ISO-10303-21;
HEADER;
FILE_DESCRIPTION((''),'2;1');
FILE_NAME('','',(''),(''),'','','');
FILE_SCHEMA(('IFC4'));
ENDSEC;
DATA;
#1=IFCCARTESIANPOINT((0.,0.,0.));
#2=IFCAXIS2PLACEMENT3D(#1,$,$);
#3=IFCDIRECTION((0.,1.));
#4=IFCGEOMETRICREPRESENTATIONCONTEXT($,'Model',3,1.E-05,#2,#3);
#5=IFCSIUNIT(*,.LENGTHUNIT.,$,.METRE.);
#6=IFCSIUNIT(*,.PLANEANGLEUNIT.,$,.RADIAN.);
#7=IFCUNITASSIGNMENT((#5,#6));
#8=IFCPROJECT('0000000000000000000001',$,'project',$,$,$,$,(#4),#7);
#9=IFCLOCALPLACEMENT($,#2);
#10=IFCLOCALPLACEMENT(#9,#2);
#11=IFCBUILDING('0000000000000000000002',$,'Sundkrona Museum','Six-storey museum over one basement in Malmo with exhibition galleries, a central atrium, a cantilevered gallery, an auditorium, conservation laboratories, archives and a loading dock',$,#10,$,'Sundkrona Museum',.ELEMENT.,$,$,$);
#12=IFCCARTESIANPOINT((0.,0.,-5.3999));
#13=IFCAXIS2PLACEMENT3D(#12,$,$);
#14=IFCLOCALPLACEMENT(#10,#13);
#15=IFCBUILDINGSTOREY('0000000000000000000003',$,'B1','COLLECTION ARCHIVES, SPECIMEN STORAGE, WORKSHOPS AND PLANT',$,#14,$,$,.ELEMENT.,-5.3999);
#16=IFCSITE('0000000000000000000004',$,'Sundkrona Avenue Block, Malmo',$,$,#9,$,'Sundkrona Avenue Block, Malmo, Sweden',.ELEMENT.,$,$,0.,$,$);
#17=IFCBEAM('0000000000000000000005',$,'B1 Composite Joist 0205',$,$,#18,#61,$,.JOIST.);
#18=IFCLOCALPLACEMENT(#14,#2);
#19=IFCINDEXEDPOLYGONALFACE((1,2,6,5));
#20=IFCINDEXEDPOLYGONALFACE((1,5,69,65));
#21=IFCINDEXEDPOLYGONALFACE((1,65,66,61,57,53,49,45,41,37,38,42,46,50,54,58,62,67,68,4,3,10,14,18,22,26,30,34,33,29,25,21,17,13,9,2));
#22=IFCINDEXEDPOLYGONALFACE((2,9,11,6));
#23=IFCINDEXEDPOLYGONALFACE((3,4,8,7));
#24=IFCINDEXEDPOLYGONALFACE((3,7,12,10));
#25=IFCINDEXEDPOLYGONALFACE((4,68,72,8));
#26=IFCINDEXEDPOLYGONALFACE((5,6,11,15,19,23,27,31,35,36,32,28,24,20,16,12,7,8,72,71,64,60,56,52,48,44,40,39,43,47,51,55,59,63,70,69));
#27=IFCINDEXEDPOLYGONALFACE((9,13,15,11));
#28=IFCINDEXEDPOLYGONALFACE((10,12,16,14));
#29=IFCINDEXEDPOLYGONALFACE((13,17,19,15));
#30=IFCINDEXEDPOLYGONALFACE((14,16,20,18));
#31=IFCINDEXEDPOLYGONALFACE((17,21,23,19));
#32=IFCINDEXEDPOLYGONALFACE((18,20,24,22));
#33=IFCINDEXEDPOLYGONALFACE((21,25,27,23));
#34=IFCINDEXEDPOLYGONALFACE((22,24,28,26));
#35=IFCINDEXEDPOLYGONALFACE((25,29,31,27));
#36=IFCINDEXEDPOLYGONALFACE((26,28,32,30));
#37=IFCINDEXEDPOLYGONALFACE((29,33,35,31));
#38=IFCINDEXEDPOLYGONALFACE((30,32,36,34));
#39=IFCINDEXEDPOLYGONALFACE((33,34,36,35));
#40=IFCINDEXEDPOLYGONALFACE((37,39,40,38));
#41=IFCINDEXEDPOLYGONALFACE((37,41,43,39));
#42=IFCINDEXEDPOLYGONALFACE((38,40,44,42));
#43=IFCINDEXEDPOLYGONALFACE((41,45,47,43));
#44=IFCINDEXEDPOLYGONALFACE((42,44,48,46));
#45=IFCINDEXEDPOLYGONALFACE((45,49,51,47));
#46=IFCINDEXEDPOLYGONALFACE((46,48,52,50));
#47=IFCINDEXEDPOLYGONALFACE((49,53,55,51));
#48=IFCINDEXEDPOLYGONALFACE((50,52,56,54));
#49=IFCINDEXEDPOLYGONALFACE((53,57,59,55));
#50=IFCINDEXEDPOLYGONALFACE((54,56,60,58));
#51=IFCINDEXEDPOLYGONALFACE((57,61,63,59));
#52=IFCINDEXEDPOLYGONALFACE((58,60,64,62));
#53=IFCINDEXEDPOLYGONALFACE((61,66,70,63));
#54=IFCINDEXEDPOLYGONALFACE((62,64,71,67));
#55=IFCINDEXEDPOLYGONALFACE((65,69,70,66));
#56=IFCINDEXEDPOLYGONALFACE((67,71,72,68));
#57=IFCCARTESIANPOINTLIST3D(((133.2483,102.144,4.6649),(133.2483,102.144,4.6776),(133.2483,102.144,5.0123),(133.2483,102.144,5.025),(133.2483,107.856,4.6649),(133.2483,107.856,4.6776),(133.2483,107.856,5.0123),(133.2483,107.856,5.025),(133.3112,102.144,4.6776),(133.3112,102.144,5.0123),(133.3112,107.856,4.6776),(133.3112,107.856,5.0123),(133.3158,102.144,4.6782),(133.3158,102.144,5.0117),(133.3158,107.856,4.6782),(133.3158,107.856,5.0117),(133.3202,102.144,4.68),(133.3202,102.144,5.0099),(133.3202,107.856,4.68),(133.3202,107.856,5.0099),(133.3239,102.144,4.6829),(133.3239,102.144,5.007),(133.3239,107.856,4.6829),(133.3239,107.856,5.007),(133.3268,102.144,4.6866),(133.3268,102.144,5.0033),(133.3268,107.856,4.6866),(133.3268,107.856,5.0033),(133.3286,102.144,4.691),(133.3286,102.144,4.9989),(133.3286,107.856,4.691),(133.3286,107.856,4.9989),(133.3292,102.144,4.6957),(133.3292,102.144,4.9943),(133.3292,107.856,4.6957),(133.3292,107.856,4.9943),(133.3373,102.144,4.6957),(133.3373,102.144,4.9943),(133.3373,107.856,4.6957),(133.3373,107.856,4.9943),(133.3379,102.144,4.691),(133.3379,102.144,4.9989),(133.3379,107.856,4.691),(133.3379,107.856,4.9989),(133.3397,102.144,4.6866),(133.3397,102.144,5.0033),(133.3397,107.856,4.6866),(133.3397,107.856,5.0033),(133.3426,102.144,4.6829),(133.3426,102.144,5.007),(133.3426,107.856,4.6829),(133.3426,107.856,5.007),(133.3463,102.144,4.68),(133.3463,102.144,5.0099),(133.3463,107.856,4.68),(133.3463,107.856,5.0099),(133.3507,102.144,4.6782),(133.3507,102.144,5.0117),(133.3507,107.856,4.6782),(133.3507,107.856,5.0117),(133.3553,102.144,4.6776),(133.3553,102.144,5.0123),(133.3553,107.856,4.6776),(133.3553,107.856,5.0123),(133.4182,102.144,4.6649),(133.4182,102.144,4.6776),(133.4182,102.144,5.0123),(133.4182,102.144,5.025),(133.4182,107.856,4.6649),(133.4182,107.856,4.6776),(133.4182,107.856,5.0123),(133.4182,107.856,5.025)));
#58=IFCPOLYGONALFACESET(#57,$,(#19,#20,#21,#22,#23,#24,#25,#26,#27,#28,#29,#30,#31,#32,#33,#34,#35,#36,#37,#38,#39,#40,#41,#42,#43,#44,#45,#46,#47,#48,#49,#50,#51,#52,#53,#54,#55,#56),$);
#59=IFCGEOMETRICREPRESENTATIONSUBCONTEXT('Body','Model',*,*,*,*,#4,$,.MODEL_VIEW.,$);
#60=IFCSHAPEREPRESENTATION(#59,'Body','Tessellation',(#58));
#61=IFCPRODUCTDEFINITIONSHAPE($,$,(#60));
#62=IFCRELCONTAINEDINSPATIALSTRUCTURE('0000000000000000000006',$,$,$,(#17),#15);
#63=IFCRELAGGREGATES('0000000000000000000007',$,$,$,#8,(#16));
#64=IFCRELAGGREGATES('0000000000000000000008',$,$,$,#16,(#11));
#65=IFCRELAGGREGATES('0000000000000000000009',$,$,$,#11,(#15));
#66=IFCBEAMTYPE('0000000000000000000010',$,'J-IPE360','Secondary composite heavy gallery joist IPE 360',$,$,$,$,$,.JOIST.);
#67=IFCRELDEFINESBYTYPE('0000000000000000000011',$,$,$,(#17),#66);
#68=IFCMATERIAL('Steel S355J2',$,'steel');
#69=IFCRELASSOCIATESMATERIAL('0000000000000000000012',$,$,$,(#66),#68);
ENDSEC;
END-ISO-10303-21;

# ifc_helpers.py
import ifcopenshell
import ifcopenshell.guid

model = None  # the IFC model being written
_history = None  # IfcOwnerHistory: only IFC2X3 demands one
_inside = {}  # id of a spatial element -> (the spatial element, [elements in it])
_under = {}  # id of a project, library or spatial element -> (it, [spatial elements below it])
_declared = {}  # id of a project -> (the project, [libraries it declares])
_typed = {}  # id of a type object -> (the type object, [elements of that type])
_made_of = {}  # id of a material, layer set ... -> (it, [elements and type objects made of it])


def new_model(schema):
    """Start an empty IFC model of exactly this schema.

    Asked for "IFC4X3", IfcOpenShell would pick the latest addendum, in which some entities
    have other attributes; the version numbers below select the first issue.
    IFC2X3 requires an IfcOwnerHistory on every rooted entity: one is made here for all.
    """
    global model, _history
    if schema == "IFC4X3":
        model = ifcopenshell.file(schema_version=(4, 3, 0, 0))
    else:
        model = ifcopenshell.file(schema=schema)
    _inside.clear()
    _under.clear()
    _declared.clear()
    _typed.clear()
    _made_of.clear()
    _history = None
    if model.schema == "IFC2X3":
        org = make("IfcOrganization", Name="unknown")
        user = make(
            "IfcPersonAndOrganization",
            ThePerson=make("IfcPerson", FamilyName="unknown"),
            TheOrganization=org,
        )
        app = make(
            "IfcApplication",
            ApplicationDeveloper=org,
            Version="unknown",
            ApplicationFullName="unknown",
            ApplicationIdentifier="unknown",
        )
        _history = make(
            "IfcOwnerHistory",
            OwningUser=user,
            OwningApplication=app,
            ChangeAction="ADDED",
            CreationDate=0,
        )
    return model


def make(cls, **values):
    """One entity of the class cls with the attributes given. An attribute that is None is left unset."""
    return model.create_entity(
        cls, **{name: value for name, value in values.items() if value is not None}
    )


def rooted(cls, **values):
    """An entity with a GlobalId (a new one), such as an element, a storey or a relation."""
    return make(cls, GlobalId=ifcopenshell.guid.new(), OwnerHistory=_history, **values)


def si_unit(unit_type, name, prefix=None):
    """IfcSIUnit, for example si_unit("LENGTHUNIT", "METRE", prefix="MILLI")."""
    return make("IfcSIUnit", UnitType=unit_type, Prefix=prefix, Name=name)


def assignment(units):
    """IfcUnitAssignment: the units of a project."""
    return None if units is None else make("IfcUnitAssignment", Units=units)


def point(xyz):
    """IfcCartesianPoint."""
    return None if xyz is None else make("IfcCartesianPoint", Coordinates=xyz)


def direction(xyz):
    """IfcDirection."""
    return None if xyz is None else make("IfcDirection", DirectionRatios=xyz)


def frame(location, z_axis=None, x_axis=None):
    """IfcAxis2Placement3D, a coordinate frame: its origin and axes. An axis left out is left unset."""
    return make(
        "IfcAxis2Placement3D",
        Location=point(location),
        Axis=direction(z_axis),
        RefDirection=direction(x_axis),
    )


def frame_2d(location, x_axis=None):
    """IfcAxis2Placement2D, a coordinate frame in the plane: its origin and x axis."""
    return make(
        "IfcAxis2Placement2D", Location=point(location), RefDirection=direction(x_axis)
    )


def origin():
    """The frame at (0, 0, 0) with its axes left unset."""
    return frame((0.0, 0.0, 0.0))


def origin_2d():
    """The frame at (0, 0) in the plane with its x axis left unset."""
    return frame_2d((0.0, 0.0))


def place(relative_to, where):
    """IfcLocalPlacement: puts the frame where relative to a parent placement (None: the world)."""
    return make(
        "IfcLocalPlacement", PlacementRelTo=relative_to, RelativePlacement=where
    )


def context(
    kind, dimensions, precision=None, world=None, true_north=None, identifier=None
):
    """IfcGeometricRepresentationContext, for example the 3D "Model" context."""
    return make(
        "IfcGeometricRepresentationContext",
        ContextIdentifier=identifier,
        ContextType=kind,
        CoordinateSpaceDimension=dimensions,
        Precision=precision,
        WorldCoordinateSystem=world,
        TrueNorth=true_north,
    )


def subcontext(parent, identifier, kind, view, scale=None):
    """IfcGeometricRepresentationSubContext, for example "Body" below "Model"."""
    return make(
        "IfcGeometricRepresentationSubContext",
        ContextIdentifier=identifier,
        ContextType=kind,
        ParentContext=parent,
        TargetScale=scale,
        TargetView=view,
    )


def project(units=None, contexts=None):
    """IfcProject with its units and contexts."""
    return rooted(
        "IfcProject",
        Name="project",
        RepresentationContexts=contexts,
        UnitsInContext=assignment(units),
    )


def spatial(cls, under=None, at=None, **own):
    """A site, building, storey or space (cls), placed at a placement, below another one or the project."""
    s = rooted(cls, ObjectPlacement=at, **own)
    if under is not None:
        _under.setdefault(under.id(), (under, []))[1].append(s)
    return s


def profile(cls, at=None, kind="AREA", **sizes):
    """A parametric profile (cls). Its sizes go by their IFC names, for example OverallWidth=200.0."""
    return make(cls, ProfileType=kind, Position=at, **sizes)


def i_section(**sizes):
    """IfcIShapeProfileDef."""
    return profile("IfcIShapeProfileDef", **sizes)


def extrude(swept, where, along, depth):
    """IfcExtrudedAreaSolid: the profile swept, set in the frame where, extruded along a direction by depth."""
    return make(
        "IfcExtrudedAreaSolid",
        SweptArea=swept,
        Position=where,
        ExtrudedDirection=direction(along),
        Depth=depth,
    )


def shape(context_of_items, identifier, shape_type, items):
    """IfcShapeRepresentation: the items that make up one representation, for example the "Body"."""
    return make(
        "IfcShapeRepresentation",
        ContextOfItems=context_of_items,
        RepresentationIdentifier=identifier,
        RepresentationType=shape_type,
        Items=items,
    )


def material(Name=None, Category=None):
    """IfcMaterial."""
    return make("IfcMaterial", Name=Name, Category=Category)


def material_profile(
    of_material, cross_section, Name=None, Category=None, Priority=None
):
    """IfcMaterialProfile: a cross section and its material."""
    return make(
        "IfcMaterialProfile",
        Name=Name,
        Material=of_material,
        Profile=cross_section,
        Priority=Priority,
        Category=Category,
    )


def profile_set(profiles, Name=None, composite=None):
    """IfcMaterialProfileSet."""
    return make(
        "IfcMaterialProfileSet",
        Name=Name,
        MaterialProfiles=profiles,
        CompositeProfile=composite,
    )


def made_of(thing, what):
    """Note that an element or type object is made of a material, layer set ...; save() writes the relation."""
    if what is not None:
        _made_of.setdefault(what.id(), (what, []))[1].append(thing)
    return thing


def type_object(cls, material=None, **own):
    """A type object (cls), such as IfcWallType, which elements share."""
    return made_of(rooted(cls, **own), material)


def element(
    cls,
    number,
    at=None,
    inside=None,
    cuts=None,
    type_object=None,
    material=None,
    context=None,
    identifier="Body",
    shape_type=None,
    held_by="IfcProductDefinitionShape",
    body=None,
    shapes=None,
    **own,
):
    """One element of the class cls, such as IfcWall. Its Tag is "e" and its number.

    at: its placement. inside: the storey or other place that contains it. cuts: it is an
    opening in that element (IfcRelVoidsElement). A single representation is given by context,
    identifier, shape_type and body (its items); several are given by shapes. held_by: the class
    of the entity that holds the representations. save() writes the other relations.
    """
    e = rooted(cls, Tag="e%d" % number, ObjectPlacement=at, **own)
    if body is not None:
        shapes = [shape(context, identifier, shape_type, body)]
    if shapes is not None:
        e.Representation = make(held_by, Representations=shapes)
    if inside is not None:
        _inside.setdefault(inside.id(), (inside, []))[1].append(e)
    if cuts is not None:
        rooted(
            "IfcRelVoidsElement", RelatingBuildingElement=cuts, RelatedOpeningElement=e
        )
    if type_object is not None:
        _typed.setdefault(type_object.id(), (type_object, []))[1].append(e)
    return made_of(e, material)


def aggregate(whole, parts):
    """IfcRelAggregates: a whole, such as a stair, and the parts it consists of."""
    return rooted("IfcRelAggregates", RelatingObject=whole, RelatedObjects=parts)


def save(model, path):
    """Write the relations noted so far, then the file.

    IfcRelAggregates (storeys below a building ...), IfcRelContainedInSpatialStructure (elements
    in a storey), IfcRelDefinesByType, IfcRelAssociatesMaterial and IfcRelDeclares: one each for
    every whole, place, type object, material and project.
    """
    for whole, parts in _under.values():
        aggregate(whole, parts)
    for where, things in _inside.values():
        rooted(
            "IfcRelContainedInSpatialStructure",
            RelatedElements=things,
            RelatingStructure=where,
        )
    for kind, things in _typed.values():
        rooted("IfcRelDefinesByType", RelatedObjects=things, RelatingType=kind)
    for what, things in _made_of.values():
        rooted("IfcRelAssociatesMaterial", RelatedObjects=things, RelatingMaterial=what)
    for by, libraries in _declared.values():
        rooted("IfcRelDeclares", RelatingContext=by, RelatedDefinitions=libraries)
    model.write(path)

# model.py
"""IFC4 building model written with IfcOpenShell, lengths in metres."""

from ifc_helpers import new_model, si_unit, direction, frame, origin, origin_2d, place, context, subcontext, project, spatial, i_section, extrude, material, material_profile, profile_set, type_object, element, save


model = new_model("IFC4")

# Units and contexts
model_context = context("Model", 3, precision=1e-05, world=origin(), true_north=direction((0.0, 1.0)))
body_context = subcontext(model_context, "Body", "Model", "MODEL_VIEW")
ifc_project = project(units=[si_unit("LENGTHUNIT", "METRE"), si_unit("PLANEANGLEUNIT", "RADIAN")], contexts=[model_context])

# Site, building, storey
site_placement = place(None, origin())
site = spatial("IfcSite", under=ifc_project, at=site_placement, Name="Sundkrona Avenue Block, Malmo", LongName="Sundkrona Avenue Block, Malmo, Sweden", CompositionType="ELEMENT", RefElevation=0.0)
building_placement = place(site_placement, origin())
building = spatial("IfcBuilding", under=site, at=building_placement, Name="Sundkrona Museum", Description="Six-storey museum over one basement in Malmo with exhibition galleries, a central atrium, a cantilevered gallery, an auditorium, conservation laboratories, archives and a loading dock", LongName="Sundkrona Museum", CompositionType="ELEMENT")
storey_placement = place(building_placement, frame((0.0, 0.0, -5.3999)))
storey = spatial("IfcBuildingStorey", under=building, at=storey_placement, Name="B1", Description="COLLECTION ARCHIVES, SPECIMEN STORAGE, WORKSHOPS AND PLANT", CompositionType="ELEMENT", Elevation=-5.3999)

# Beam
ifc_material_1 = material(Name="Steel S355J2", Category="steel")
ifc_material_profile_1 = material_profile(ifc_material_1, i_section(OverallWidth=0.1699, OverallDepth=0.3601, WebThickness=0.0081, FlangeThickness=0.0127, FilletRadius=0.0181, at=origin_2d()), Name="IPE 360")
ifc_profile_set_1 = profile_set([ifc_material_profile_1], Name="Steel S355J2")
beam_type_1 = type_object("IfcBeamType", Name="J-IPE360", Description="Secondary composite heavy gallery joist IPE 360", PredefinedType="JOIST", material=ifc_profile_set_1)
for number, where, z_axis, x_axis, name in (
    (1, (133.3333, 102.144, 4.845), (0.0, 1.0, 0.0), (-1.0, 0.0, 0.0), "B1 Composite Joist 0205"),
):
    element("IfcBeam", number, at=place(storey_placement, frame(where, z_axis=z_axis, x_axis=x_axis)), inside=storey, type_object=beam_type_1, Name=name, PredefinedType="JOIST", context=body_context, shape_type="SweptSolid", body=[
        extrude(i_section(OverallWidth=0.1699, OverallDepth=0.3601, WebThickness=0.0081, FlangeThickness=0.0127, FilletRadius=0.0181, at=origin_2d()), origin(), (0.0, 0.0, 1.0), 5.7119),
    ])

save(model, "model.ifc")
